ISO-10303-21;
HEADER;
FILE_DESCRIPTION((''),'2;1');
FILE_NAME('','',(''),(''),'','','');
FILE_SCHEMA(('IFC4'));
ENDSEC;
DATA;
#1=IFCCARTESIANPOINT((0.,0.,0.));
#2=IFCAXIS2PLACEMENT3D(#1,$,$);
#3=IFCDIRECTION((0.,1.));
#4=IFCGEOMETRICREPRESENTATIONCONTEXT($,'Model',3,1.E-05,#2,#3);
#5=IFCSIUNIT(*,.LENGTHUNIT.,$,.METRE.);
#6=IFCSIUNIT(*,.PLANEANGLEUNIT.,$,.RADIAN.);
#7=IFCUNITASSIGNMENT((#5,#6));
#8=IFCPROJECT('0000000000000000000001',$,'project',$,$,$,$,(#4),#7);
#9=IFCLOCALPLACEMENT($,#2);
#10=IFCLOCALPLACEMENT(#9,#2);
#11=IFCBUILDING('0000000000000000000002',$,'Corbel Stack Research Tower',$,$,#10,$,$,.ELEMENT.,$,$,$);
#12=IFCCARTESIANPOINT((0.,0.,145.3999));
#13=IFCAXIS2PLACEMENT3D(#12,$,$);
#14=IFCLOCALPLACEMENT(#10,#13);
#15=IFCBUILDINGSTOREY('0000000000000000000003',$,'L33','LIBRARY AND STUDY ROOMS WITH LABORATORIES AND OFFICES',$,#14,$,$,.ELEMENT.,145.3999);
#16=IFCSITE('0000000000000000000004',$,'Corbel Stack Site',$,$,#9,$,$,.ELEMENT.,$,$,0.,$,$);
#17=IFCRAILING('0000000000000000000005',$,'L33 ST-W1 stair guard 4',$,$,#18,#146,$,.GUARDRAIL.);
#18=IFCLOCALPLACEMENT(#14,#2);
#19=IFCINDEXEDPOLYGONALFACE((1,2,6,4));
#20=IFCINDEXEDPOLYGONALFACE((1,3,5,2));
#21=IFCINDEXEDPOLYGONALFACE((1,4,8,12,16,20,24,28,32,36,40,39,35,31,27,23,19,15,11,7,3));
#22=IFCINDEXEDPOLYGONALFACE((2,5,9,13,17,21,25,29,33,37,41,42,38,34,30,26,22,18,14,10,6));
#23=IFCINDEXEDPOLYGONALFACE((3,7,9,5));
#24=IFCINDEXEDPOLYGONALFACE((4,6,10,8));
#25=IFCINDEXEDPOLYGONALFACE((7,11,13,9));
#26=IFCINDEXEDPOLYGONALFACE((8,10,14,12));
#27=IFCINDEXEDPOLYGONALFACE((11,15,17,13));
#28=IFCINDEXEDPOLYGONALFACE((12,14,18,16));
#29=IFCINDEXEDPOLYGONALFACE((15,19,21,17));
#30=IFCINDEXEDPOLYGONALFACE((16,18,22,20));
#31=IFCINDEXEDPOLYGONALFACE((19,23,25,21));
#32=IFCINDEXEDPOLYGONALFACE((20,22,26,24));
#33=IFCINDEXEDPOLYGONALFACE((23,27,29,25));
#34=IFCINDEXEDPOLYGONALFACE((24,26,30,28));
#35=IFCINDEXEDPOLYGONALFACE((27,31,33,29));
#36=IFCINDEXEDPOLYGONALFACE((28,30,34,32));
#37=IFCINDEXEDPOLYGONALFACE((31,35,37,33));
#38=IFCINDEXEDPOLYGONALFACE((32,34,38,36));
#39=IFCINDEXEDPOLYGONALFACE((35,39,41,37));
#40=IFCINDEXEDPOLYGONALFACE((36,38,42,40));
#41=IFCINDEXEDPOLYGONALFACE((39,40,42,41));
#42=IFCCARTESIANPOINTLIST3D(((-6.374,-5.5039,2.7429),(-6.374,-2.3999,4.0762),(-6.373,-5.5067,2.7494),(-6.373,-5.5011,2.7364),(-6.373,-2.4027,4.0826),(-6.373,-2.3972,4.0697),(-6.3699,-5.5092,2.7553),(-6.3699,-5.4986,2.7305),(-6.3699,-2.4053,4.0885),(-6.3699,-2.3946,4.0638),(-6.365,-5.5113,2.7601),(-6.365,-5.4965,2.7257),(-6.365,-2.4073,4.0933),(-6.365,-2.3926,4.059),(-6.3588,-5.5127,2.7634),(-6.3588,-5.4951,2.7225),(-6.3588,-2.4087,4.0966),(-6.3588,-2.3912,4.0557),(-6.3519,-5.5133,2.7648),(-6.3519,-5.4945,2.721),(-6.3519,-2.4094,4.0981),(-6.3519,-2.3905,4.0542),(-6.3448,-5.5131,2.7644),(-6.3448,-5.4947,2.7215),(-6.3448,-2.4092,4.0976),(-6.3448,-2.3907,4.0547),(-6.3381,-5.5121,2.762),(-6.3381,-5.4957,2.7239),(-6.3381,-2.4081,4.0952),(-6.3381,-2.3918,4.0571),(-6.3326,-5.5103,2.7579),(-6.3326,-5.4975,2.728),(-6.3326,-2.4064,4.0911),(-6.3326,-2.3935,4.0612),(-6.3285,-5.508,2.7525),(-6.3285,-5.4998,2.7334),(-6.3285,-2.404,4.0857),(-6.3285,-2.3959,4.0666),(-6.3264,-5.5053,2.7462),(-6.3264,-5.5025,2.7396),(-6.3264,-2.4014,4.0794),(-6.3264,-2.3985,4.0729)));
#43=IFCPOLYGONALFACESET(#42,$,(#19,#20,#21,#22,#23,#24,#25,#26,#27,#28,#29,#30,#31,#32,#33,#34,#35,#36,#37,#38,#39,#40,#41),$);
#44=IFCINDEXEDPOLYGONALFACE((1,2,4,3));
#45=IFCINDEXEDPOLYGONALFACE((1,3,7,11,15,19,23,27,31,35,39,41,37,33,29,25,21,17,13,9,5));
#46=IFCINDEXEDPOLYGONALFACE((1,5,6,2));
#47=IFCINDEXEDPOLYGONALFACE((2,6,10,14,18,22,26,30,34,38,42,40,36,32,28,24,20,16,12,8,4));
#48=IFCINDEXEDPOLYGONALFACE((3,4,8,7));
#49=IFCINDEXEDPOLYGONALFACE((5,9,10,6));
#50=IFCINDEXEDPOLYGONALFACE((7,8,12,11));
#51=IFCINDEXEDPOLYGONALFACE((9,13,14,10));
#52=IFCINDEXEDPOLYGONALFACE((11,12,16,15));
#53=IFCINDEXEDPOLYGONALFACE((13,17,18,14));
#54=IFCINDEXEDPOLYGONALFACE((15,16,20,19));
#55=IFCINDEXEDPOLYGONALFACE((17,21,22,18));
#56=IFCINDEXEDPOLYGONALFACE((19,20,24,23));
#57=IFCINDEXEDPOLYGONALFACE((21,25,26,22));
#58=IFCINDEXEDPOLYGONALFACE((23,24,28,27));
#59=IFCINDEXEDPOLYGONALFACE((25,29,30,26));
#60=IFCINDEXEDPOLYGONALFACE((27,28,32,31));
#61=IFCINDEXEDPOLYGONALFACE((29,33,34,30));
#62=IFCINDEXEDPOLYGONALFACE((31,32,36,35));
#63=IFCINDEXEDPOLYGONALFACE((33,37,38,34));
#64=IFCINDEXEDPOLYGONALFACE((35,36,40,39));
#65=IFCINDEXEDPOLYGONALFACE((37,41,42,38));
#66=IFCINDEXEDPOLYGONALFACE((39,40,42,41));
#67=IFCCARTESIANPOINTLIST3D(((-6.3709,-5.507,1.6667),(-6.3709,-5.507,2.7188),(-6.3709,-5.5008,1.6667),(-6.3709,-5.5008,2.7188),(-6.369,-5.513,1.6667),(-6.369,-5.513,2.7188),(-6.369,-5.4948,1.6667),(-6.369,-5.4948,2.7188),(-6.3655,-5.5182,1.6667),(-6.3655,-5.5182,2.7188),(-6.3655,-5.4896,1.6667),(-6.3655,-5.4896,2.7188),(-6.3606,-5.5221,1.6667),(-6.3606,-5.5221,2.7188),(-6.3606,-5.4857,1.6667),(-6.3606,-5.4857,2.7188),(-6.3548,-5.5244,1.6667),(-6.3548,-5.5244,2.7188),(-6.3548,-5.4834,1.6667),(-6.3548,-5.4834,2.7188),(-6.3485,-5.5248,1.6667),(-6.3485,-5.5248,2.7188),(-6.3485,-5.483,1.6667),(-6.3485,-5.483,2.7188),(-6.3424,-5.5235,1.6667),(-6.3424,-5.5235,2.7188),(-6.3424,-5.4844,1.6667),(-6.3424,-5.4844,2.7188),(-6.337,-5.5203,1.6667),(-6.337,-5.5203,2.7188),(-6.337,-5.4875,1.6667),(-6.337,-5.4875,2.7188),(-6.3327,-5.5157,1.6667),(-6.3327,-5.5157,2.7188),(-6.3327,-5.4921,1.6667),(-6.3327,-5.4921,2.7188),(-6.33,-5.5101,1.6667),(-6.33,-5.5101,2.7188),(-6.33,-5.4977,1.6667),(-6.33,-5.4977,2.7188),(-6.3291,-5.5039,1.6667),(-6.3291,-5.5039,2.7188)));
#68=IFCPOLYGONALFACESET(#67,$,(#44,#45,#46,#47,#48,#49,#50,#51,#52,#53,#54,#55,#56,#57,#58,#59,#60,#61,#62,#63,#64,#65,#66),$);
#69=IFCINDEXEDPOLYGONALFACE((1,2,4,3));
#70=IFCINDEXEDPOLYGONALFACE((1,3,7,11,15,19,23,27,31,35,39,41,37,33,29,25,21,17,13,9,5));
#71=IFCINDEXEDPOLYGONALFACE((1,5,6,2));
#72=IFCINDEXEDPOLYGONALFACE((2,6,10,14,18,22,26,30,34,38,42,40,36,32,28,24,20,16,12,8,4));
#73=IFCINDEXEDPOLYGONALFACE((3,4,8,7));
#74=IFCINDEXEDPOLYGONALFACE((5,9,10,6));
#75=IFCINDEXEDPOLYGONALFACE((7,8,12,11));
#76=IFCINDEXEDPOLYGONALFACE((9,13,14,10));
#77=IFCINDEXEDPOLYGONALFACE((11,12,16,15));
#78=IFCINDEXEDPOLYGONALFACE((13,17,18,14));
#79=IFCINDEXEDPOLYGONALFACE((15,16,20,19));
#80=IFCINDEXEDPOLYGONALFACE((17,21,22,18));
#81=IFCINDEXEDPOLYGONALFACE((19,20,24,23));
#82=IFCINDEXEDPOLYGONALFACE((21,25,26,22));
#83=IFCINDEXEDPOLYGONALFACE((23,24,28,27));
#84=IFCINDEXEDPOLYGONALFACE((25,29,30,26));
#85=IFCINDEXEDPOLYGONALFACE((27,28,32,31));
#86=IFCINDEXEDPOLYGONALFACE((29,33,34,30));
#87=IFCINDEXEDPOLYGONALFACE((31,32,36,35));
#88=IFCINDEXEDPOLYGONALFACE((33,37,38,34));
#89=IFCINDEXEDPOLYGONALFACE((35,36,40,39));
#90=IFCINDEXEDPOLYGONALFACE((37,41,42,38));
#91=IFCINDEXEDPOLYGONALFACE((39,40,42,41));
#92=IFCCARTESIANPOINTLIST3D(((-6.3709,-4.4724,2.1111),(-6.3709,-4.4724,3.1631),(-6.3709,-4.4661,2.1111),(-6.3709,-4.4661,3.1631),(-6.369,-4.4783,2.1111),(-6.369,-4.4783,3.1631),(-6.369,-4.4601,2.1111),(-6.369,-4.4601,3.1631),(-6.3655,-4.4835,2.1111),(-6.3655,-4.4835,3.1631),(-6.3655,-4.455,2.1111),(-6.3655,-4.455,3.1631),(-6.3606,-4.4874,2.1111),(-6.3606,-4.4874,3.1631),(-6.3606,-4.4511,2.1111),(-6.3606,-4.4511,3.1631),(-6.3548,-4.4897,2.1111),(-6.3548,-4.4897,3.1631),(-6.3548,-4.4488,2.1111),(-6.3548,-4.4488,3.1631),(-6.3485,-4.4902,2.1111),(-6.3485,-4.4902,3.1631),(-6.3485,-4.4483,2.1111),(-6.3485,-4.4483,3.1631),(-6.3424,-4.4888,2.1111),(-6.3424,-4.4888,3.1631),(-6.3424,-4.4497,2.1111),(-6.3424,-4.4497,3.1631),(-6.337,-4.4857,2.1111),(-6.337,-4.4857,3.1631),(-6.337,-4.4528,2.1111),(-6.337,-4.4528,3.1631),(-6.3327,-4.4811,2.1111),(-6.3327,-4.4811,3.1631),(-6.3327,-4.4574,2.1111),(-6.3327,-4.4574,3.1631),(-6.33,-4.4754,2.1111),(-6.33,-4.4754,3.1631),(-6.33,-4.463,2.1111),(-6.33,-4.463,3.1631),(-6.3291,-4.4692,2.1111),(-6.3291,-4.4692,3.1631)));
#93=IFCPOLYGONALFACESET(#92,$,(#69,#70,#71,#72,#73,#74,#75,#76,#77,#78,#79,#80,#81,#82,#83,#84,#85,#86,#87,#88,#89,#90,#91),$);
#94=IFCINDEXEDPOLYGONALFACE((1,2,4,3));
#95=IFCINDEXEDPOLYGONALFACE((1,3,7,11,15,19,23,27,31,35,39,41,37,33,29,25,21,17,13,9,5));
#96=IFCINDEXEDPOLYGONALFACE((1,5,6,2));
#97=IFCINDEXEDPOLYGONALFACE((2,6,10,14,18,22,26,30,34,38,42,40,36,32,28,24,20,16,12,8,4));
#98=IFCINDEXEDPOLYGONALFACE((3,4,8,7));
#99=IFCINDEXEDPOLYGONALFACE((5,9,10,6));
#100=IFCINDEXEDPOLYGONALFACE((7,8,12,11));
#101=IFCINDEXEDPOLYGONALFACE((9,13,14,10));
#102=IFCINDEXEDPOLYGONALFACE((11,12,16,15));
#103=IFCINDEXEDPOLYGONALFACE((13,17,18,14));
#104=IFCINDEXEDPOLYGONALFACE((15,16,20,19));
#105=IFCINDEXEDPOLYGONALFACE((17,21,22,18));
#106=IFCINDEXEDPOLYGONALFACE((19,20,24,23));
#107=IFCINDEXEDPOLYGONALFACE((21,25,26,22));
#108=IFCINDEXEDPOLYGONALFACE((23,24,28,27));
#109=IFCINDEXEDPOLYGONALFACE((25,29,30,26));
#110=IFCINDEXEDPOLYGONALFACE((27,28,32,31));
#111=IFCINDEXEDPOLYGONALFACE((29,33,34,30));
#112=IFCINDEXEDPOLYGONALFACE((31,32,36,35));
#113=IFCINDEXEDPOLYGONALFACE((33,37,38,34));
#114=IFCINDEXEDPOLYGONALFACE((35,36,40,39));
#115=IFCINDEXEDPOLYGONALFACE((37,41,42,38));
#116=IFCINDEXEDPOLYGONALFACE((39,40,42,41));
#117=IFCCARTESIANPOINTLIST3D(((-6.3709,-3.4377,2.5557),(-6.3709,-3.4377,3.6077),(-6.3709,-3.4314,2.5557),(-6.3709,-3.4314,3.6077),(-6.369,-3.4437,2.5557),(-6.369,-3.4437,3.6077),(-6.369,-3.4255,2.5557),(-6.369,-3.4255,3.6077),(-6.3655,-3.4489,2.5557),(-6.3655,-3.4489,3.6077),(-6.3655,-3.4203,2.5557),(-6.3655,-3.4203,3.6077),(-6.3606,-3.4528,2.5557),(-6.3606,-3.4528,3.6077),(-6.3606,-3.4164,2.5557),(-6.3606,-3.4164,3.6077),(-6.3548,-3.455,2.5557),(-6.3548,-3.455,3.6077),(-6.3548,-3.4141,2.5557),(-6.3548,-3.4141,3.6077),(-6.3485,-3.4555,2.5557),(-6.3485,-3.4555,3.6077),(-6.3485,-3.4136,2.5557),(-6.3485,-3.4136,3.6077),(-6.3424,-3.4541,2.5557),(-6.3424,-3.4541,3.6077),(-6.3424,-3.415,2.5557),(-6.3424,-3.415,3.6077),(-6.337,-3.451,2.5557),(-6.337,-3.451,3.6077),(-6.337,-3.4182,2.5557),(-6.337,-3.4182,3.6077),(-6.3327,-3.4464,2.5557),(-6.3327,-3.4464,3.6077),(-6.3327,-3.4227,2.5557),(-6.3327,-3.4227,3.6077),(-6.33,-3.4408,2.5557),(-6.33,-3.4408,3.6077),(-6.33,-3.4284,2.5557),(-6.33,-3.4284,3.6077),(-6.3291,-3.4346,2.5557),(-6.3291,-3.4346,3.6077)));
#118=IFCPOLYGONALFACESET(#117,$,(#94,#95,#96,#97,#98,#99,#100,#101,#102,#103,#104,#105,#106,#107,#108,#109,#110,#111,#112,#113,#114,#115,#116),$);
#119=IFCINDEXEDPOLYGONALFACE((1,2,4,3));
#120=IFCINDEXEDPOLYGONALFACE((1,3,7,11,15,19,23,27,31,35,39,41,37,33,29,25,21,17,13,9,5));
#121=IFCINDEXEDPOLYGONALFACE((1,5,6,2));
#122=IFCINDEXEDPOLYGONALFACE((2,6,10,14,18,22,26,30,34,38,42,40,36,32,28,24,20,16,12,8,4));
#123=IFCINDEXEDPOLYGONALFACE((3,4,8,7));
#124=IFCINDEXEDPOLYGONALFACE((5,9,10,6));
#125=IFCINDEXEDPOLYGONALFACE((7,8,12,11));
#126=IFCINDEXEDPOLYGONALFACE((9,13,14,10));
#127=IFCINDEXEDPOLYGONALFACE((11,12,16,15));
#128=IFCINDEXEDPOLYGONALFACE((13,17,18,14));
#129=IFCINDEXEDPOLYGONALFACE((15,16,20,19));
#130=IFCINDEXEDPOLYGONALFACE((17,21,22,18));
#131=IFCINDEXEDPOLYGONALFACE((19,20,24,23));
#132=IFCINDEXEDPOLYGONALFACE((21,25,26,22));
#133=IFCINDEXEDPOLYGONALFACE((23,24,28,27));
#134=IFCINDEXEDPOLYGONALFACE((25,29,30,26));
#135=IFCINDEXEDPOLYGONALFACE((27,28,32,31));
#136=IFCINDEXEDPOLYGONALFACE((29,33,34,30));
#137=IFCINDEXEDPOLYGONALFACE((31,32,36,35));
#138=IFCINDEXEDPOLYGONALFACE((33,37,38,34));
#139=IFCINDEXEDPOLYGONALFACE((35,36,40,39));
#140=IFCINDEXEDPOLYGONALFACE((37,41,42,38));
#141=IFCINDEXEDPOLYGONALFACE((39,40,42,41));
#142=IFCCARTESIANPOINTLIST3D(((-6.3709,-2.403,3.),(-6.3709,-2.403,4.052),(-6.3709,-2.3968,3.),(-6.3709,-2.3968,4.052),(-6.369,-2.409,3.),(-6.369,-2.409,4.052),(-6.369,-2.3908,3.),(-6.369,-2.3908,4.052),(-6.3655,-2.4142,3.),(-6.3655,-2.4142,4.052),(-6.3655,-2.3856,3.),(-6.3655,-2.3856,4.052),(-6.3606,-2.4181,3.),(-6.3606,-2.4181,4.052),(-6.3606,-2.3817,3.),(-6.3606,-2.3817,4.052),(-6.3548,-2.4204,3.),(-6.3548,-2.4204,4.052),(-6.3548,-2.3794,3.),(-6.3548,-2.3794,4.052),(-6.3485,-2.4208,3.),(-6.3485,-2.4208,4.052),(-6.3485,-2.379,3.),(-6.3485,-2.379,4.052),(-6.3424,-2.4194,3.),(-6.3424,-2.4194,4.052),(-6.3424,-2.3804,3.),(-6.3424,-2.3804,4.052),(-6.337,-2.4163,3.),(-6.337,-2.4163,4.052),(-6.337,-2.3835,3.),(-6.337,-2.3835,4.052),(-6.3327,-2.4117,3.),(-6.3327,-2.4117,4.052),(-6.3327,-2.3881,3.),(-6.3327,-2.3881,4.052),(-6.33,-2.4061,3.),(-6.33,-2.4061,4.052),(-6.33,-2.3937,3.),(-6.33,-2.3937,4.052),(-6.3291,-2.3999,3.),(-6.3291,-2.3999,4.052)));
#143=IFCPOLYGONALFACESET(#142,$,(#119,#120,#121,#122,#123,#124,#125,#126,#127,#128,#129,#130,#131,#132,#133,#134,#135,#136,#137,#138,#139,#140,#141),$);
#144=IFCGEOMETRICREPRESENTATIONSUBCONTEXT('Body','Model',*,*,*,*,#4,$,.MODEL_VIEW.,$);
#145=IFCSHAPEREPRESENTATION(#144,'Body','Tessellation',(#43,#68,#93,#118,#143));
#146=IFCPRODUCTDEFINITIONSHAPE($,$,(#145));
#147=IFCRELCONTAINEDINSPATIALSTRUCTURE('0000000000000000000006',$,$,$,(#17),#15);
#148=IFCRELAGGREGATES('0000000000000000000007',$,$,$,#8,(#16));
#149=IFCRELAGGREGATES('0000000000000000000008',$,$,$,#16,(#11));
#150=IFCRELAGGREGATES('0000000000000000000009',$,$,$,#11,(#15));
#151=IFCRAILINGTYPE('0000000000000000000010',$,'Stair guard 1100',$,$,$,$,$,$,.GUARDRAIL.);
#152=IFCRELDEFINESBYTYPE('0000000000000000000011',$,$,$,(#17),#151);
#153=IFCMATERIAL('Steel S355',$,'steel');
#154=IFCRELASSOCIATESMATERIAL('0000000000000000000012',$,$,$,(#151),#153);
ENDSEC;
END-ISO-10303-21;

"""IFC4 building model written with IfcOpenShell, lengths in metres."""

from ifc_helpers import new_model, si_unit, direction, frame, origin, origin_2d, place, context, subcontext, project, spatial, circle, extrude, material, type_object, element, save


model = new_model("IFC4")

# Units and contexts
model_context = context("Model", 3, precision=1e-05, world=origin(), true_north=direction((0.0, 1.0)))
body_context = subcontext(model_context, "Body", "Model", "MODEL_VIEW")
ifc_project = project(units=[si_unit("LENGTHUNIT", "METRE"), si_unit("PLANEANGLEUNIT", "RADIAN")], contexts=[model_context])

# Site, building, storey
site_placement = place(None, origin())
site = spatial("IfcSite", under=ifc_project, at=site_placement, Name="Corbel Stack Site", CompositionType="ELEMENT", RefElevation=0.0)
building_placement = place(site_placement, origin())
building = spatial("IfcBuilding", under=site, at=building_placement, Name="Corbel Stack Research Tower", CompositionType="ELEMENT")
storey_placement = place(building_placement, frame((0.0, 0.0, 145.3999)))
storey = spatial("IfcBuildingStorey", under=building, at=storey_placement, Name="L33", Description="LIBRARY AND STUDY ROOMS WITH LABORATORIES AND OFFICES", CompositionType="ELEMENT", Elevation=145.3999)

# Railing
ifc_material_1 = material(Name="Steel S355", Category="steel")
railing_type_1 = type_object("IfcRailingType", Name="Stair guard 1100", PredefinedType="GUARDRAIL", material=ifc_material_1)
railing_1_placement = place(storey_placement, frame((-6.3501, -5.5039, 1.6667)))
element("IfcRailing", 1, at=railing_1_placement, inside=storey, type_object=railing_type_1, Name="L33 ST-W1 stair guard 4", PredefinedType="GUARDRAIL", context=body_context, shape_type="SweptSolid", body=[
    extrude(circle(Radius=0.0239, at=origin_2d()), frame((0.0, 0.0, 1.0762), z_axis=(0.0, 0.918827, 0.394661), x_axis=(-1.0, 0.0, 0.0)), (0.0, 0.0, 1.0), 3.3782),
    extrude(circle(Radius=0.021, at=origin_2d()), origin(), (0.0, 0.0, 1.0), 1.052),
    extrude(circle(Radius=0.021, at=origin_2d()), frame((0.0, 1.0347, 0.4443)), (0.0, 0.0, 1.0), 1.052),
    extrude(circle(Radius=0.021, at=origin_2d()), frame((0.0, 2.0693, 0.8889)), (0.0, 0.0, 1.0), 1.052),
    extrude(circle(Radius=0.021, at=origin_2d()), frame((0.0, 3.104, 1.3333)), (0.0, 0.0, 1.0), 1.052),
])

save(model, "model.ifc")
